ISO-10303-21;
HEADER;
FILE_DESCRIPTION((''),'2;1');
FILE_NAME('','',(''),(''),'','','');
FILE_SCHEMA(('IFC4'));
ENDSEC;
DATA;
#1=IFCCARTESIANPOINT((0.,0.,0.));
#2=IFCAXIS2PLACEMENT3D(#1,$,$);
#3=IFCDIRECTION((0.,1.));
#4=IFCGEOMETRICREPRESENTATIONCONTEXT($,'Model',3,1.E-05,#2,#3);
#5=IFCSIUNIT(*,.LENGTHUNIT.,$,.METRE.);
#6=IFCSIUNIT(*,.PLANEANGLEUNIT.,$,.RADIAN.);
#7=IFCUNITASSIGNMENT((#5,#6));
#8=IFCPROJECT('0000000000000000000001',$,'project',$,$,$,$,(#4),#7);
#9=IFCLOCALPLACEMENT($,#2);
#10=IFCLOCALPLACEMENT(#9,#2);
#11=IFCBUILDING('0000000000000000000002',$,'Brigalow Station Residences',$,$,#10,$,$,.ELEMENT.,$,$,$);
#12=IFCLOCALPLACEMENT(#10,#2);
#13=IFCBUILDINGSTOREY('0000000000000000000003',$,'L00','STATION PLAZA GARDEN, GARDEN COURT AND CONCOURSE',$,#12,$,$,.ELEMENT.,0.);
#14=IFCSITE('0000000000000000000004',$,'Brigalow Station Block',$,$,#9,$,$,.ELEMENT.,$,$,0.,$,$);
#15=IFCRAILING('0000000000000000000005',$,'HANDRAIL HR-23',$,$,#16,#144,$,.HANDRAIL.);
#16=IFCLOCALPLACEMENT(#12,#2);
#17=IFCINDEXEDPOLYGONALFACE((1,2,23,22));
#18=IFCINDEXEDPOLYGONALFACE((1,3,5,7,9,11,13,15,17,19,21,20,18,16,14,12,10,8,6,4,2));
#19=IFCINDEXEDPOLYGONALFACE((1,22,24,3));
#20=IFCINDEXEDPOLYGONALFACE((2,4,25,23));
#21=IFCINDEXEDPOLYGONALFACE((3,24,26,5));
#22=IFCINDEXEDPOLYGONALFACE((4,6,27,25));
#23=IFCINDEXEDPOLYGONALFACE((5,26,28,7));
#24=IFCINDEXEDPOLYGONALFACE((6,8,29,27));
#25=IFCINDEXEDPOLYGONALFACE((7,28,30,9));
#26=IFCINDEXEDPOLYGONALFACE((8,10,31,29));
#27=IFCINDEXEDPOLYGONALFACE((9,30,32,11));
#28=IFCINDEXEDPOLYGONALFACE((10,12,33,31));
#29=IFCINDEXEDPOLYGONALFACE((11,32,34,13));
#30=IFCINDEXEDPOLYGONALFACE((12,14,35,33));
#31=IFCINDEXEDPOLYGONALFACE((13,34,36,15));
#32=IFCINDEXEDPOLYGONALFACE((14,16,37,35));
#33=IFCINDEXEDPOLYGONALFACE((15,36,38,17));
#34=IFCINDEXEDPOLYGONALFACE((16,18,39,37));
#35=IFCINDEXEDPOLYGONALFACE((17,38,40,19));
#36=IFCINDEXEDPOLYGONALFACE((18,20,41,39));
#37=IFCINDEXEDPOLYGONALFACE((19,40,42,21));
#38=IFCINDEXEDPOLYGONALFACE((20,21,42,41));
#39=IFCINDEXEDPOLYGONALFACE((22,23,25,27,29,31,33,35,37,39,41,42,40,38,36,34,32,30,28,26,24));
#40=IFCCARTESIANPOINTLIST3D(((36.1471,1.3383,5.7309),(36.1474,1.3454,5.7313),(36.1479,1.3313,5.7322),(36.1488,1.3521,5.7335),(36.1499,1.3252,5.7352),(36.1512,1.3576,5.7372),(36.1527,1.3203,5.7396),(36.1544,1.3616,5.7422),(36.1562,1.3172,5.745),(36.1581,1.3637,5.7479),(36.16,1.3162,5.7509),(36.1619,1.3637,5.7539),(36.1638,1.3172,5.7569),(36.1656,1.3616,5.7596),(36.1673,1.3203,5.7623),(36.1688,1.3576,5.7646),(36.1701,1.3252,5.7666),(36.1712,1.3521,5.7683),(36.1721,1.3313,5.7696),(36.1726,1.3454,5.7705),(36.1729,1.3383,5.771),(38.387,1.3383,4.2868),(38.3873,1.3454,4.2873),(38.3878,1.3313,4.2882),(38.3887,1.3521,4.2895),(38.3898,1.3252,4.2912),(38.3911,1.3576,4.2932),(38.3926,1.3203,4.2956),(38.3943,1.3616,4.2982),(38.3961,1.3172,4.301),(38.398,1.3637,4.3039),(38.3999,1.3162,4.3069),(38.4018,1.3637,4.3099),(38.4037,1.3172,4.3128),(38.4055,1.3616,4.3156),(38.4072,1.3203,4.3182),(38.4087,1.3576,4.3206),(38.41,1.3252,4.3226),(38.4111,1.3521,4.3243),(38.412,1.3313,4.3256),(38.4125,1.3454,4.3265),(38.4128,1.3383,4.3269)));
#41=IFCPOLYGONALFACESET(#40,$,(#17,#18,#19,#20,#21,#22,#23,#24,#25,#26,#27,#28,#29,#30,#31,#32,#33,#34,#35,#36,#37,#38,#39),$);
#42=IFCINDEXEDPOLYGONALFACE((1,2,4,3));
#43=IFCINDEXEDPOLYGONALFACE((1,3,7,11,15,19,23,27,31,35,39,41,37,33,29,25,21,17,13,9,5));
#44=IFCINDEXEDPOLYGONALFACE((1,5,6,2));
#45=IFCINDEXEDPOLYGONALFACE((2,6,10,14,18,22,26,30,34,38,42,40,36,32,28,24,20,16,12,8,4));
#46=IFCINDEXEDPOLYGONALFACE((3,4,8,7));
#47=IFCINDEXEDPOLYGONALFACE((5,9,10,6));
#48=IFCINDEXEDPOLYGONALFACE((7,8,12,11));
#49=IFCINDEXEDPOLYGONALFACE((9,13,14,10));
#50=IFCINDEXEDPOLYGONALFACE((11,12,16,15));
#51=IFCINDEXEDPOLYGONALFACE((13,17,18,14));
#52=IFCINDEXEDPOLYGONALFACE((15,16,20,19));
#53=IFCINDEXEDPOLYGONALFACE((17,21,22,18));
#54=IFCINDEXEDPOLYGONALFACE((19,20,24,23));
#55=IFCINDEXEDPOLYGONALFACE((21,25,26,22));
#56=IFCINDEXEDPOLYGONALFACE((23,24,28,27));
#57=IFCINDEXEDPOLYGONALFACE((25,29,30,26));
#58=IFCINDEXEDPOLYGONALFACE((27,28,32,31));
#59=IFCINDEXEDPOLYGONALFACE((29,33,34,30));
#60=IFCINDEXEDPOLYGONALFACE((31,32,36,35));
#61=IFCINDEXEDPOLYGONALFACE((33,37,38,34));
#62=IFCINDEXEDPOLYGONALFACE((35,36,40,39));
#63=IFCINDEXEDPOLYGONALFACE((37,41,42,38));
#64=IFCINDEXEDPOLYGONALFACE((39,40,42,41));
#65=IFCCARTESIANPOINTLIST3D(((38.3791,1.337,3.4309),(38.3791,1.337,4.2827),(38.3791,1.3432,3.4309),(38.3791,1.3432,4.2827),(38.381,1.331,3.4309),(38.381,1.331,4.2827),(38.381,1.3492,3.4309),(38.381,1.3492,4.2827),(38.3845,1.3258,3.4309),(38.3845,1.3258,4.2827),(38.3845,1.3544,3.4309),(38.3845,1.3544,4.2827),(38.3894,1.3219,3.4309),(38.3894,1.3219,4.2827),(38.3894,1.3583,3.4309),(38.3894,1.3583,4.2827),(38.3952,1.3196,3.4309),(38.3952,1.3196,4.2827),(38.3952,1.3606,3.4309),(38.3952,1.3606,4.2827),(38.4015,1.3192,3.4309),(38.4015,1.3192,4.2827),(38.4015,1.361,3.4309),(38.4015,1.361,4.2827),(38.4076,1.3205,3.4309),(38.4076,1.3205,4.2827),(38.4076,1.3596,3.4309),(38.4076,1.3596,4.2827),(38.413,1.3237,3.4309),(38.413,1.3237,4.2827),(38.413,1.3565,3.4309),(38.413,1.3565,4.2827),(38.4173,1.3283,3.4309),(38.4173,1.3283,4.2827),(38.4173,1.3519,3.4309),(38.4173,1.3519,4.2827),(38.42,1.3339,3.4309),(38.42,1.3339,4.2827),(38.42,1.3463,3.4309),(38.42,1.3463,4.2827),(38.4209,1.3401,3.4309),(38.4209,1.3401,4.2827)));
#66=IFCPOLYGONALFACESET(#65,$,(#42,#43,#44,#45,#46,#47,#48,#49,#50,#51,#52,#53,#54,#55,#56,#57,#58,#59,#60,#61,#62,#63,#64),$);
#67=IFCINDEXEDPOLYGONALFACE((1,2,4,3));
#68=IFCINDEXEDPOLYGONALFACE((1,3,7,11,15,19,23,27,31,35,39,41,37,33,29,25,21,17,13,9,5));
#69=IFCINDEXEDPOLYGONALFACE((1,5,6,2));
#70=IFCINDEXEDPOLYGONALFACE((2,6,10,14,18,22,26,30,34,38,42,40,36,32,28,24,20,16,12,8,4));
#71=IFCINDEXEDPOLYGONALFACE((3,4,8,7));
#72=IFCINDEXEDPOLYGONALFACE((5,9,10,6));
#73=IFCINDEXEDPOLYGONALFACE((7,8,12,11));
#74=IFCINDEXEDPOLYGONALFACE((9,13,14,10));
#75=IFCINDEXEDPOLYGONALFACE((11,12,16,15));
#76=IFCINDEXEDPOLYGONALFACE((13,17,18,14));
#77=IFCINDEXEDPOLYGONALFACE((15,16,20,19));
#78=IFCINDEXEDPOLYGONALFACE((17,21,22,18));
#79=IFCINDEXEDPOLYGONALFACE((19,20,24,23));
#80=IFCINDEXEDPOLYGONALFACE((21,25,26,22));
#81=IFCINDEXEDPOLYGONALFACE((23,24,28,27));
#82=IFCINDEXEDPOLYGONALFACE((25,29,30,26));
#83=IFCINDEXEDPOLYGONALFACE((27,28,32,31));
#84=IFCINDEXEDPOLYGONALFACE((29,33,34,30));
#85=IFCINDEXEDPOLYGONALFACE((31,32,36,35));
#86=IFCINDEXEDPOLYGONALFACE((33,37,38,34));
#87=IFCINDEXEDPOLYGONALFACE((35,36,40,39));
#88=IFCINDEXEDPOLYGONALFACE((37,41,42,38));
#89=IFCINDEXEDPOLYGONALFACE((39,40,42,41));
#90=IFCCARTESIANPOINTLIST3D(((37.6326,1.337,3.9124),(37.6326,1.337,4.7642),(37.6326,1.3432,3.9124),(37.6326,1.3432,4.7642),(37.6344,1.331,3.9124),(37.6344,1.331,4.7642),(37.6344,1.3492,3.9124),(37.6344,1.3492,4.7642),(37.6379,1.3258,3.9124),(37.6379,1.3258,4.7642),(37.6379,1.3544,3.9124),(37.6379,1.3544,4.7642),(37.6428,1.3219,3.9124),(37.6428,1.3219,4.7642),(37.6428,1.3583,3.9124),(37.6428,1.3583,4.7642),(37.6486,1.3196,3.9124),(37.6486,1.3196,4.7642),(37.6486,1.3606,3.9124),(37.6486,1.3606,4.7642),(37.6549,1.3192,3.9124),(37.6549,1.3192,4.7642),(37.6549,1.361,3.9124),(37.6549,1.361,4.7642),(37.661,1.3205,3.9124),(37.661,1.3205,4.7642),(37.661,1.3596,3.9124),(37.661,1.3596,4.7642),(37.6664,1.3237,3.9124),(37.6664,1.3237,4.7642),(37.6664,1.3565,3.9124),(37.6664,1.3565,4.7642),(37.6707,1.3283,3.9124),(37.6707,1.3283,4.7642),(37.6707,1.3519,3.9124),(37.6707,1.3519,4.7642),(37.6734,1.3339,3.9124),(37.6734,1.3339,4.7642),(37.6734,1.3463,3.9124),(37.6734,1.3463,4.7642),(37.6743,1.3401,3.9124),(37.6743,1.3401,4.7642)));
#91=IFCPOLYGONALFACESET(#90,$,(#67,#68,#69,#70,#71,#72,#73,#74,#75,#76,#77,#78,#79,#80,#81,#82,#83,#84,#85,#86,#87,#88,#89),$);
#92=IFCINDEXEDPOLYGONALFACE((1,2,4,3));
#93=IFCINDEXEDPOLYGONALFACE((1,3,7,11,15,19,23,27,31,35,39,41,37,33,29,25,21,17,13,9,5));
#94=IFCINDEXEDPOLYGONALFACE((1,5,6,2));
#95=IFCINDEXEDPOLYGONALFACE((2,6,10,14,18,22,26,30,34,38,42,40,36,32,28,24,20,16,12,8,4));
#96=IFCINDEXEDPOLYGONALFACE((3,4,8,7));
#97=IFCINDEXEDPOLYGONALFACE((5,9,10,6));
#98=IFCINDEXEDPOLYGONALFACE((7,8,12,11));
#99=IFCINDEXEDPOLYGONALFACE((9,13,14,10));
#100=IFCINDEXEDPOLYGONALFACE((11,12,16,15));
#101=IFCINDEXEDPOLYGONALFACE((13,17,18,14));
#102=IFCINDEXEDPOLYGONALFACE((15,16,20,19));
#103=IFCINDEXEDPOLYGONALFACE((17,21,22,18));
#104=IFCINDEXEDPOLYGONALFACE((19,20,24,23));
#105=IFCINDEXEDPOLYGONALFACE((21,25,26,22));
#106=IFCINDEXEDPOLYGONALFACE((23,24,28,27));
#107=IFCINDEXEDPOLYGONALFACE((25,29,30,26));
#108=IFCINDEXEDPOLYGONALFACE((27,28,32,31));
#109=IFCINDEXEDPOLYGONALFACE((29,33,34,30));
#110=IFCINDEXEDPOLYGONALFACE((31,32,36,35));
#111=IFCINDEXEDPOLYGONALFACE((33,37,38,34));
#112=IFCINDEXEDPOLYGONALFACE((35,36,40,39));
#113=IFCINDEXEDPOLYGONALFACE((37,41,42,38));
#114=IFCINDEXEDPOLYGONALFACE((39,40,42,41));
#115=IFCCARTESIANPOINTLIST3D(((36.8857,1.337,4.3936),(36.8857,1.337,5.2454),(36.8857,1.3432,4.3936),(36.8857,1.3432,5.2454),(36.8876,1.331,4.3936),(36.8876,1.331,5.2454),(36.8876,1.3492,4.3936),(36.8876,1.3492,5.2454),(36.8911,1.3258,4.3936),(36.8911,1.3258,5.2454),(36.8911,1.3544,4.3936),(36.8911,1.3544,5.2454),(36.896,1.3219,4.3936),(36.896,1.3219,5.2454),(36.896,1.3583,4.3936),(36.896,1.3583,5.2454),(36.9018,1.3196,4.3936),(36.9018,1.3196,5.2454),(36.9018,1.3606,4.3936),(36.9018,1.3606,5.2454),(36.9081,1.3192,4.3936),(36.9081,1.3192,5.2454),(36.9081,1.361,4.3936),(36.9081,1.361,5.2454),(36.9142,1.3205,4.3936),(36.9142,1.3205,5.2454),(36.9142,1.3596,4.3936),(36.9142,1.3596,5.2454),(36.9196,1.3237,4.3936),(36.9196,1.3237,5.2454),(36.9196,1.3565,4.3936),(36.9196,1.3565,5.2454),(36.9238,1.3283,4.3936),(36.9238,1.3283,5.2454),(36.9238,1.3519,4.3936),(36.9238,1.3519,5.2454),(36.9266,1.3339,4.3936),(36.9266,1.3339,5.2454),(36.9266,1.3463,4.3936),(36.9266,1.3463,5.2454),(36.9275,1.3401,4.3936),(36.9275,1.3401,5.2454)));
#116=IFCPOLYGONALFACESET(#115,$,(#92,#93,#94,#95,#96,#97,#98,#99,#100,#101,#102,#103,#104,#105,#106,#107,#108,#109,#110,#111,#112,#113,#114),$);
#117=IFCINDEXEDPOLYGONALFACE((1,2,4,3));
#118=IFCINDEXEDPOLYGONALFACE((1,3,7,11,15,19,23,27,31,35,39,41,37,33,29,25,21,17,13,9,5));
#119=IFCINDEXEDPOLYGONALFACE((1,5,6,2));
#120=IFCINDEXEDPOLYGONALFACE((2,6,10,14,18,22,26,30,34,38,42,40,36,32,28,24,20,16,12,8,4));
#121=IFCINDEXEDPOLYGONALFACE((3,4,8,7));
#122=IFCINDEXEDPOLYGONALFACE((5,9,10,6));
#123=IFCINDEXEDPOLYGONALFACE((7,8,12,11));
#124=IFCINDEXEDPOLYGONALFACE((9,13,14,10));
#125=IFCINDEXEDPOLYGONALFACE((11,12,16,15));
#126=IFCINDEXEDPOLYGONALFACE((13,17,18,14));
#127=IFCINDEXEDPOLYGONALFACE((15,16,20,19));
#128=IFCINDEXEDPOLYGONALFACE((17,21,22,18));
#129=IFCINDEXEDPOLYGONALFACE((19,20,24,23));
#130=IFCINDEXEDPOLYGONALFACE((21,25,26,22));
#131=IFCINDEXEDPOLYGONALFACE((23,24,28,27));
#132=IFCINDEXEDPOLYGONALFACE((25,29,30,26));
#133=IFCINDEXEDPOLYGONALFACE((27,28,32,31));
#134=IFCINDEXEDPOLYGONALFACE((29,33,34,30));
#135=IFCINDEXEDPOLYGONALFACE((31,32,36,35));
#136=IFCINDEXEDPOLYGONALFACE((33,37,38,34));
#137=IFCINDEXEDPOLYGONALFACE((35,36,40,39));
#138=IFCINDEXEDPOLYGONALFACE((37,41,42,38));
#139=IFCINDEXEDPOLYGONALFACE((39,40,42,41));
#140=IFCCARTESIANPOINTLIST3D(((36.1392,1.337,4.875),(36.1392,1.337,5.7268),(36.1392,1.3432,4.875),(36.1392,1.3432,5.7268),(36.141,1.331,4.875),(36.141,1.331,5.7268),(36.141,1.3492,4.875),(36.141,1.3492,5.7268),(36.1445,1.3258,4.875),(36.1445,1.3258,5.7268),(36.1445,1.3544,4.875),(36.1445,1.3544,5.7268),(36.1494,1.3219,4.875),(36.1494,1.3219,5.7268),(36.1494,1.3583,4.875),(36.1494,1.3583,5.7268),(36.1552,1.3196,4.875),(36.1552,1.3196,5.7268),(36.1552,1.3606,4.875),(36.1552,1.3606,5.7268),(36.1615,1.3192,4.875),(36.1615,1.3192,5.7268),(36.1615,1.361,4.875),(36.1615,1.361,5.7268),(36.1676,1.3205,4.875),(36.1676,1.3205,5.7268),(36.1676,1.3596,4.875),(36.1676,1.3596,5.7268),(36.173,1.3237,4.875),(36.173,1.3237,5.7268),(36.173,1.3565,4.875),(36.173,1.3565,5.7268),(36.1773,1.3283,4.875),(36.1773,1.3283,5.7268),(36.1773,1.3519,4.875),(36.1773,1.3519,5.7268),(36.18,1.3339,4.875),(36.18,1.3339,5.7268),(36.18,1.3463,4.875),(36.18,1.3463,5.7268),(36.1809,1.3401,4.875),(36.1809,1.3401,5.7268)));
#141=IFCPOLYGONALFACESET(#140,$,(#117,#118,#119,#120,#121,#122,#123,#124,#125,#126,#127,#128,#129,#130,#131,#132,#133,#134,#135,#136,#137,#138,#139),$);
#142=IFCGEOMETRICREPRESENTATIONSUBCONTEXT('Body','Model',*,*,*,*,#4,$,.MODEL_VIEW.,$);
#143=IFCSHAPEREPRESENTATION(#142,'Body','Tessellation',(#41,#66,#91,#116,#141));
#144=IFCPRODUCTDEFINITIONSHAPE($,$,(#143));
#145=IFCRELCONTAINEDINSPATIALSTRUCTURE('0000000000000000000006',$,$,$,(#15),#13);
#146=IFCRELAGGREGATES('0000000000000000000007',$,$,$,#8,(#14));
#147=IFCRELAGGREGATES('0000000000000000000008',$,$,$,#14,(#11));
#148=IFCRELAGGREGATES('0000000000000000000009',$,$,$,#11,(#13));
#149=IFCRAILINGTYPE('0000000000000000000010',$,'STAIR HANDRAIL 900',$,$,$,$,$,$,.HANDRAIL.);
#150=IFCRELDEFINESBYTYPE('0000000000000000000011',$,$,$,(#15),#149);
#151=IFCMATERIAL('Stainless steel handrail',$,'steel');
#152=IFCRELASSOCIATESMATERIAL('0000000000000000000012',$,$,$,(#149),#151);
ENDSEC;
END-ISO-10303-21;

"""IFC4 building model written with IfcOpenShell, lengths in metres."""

from ifc_helpers import new_model, si_unit, direction, frame, origin, origin_2d, place, context, subcontext, project, spatial, circle, extrude, material, type_object, element, save


model = new_model("IFC4")

# Units and contexts
model_context = context("Model", 3, precision=1e-05, world=origin(), true_north=direction((0.0, 1.0)))
body_context = subcontext(model_context, "Body", "Model", "MODEL_VIEW")
ifc_project = project(units=[si_unit("LENGTHUNIT", "METRE"), si_unit("PLANEANGLEUNIT", "RADIAN")], contexts=[model_context])

# Site, building, storey
site_placement = place(None, origin())
site = spatial("IfcSite", under=ifc_project, at=site_placement, Name="Brigalow Station Block", CompositionType="ELEMENT", RefElevation=0.0)
building_placement = place(site_placement, origin())
building = spatial("IfcBuilding", under=site, at=building_placement, Name="Brigalow Station Residences", CompositionType="ELEMENT")
storey_placement = place(building_placement, origin())
storey = spatial("IfcBuildingStorey", under=building, at=storey_placement, Name="L00", Description="STATION PLAZA GARDEN, GARDEN COURT AND CONCOURSE", CompositionType="ELEMENT", Elevation=0.0)

# Railing
ifc_material_1 = material(Name="Stainless steel handrail", Category="steel")
railing_type_1 = type_object("IfcRailingType", Name="STAIR HANDRAIL 900", PredefinedType="HANDRAIL", material=ifc_material_1)
railing_1_placement = place(storey_placement, frame((38.3999, 1.3401, 3.4309)))
element("IfcRailing", 1, at=railing_1_placement, inside=storey, type_object=railing_type_1, Name="HANDRAIL HR-23", PredefinedType="HANDRAIL", context=body_context, shape_type="SweptSolid", body=[
    extrude(circle(Radius=0.0239, at=origin_2d()), frame((0.0, 0.0, 0.876), z_axis=(-0.840478, 0.0, 0.541845), x_axis=(0.0, -1.0, 0.0)), (0.0, 0.0, 1.0), 2.665),
    extrude(circle(Radius=0.021, at=origin_2d()), origin(), (0.0, 0.0, 1.0), 0.8518),
    extrude(circle(Radius=0.021, at=origin_2d()), frame((-0.7466, 0.0, 0.4814)), (0.0, 0.0, 1.0), 0.8518),
    extrude(circle(Radius=0.021, at=origin_2d()), frame((-1.4934, 0.0, 0.9626)), (0.0, 0.0, 1.0), 0.8518),
    extrude(circle(Radius=0.021, at=origin_2d()), frame((-2.24, 0.0, 1.4441)), (0.0, 0.0, 1.0), 0.8518),
])

save(model, "model.ifc")
